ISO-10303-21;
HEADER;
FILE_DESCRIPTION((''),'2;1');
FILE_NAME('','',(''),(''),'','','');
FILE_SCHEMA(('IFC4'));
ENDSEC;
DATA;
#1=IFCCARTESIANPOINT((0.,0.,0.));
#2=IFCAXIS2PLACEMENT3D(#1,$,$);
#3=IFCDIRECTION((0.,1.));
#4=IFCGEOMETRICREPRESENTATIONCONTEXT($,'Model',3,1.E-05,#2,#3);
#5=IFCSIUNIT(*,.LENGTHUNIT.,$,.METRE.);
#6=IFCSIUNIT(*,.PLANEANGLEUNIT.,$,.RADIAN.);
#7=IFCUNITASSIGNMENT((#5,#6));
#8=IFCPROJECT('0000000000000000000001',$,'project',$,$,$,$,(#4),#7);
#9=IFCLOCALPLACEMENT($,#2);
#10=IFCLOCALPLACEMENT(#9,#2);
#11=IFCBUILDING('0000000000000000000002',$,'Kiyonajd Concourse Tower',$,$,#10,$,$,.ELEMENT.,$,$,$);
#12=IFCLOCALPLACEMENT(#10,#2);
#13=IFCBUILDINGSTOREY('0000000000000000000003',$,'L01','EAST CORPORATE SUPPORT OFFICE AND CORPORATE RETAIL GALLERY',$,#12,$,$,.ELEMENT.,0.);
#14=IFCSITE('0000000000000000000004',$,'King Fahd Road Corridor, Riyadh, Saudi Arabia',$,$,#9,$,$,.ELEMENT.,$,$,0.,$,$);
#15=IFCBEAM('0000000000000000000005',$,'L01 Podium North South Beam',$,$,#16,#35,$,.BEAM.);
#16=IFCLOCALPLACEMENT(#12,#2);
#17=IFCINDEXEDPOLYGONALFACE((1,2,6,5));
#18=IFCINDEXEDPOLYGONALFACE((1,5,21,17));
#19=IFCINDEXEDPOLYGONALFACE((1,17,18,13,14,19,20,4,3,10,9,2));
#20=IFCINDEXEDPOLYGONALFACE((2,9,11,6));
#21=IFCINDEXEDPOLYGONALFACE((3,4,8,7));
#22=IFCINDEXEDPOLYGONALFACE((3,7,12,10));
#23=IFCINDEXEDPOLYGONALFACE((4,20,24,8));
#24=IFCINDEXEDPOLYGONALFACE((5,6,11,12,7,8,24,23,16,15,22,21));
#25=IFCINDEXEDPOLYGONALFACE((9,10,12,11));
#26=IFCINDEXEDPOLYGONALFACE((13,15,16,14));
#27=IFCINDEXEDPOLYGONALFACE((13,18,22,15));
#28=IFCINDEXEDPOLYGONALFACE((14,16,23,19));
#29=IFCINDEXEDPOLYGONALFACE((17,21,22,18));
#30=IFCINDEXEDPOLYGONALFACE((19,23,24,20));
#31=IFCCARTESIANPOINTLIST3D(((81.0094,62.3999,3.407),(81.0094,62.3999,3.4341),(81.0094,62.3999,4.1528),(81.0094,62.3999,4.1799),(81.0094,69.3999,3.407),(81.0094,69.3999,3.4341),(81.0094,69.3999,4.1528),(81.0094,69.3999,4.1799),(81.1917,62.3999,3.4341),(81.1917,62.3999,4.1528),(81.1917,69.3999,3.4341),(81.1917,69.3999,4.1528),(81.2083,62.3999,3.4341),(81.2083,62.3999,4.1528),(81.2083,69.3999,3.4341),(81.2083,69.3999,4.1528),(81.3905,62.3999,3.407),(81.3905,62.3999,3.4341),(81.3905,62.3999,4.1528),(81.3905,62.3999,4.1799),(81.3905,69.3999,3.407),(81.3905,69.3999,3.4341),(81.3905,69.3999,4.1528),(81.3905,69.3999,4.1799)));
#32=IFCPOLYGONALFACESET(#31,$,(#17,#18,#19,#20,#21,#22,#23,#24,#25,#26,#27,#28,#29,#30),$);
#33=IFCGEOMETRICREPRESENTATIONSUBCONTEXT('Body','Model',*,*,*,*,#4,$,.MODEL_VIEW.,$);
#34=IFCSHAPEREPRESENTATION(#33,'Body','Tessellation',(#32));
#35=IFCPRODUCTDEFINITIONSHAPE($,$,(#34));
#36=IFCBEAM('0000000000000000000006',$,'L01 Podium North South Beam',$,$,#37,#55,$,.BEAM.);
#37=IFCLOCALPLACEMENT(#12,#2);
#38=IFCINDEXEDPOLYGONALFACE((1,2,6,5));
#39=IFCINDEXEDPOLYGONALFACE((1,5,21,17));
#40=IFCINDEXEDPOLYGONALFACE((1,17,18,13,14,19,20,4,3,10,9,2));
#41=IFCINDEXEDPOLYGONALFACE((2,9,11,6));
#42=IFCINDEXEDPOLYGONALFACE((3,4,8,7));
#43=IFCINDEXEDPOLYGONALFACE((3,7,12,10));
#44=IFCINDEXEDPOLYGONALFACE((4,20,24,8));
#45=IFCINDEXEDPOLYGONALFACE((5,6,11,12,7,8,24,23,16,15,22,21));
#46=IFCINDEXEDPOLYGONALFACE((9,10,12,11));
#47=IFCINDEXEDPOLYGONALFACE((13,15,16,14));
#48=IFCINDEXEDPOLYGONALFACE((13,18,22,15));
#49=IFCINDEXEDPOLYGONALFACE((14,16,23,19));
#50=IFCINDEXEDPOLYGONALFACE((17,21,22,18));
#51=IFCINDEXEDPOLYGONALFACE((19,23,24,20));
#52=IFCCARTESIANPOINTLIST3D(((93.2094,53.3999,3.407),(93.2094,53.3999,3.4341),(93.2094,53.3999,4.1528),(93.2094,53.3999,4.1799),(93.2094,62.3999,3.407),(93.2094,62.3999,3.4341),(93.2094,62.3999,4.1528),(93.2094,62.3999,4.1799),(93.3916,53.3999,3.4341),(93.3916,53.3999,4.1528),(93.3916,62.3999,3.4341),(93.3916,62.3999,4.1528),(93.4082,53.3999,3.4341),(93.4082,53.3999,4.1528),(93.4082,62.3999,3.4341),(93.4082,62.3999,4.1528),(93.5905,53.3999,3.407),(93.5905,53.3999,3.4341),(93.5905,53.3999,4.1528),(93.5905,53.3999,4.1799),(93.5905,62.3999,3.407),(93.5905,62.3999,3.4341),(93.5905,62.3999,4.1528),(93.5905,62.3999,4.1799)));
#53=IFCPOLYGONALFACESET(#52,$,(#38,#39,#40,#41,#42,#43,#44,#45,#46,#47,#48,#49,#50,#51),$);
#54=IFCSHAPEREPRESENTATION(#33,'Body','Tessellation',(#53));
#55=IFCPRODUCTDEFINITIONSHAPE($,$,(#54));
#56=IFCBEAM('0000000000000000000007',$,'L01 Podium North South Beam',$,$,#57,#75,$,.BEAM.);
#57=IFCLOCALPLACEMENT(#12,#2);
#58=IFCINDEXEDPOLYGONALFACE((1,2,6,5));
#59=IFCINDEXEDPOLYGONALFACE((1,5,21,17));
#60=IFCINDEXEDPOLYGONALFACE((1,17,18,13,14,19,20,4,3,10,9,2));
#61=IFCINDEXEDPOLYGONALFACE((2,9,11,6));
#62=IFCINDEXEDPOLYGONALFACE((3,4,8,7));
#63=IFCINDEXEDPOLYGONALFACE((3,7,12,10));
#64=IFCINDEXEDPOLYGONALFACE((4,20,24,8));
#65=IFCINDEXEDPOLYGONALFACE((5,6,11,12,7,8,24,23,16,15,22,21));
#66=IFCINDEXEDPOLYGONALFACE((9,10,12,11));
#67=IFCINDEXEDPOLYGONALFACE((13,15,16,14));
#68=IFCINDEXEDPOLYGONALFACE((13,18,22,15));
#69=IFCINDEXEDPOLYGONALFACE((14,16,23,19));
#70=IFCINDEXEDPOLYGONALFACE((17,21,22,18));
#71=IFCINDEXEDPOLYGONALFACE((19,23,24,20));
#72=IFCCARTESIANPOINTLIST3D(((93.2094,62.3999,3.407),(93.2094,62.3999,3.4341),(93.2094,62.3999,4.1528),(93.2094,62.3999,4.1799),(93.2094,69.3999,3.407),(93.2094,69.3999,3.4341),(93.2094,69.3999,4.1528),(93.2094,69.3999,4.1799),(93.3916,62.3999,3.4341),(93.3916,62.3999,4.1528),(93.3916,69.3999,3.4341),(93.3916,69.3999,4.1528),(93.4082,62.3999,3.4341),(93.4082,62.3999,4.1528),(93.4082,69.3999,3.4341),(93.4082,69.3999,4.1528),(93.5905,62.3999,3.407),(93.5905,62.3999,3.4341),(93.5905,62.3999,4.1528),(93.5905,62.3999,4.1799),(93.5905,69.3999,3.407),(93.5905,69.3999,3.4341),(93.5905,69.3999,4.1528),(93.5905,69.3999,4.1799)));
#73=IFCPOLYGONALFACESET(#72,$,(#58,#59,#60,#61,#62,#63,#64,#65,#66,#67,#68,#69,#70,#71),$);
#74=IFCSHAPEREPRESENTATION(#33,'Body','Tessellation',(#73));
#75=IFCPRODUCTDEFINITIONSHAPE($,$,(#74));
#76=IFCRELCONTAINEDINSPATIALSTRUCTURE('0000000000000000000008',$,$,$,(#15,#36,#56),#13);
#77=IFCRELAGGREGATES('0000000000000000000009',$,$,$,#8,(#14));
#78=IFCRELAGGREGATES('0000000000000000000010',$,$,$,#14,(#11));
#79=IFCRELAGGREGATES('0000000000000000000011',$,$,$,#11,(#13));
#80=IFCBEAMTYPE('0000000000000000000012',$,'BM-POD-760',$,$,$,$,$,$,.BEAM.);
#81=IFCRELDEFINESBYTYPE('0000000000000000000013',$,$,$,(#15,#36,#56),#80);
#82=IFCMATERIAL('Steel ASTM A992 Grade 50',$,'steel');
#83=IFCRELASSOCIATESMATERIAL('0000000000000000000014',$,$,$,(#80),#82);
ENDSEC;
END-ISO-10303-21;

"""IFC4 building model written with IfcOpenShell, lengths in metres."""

from ifc_helpers import new_model, si_unit, direction, frame, origin, origin_2d, place, context, subcontext, project, spatial, i_section, extrude, material, material_profile, profile_set, type_object, element, save


model = new_model("IFC4")

# Units and contexts
model_context = context("Model", 3, precision=1e-05, world=origin(), true_north=direction((0.0, 1.0)))
body_context = subcontext(model_context, "Body", "Model", "MODEL_VIEW")
ifc_project = project(units=[si_unit("LENGTHUNIT", "METRE"), si_unit("PLANEANGLEUNIT", "RADIAN")], contexts=[model_context])

# Site, building, storey
site_placement = place(None, origin())
site = spatial("IfcSite", under=ifc_project, at=site_placement, Name="King Fahd Road Corridor, Riyadh, Saudi Arabia", CompositionType="ELEMENT", RefElevation=0.0)
building_placement = place(site_placement, origin())
building = spatial("IfcBuilding", under=site, at=building_placement, Name="Kiyonajd Concourse Tower", CompositionType="ELEMENT")
storey_placement = place(building_placement, origin())
storey = spatial("IfcBuildingStorey", under=building, at=storey_placement, Name="L01", Description="EAST CORPORATE SUPPORT OFFICE AND CORPORATE RETAIL GALLERY", CompositionType="ELEMENT", Elevation=0.0)

# Beams
ifc_material_1 = material(Name="Steel ASTM A992 Grade 50", Category="steel")
ifc_material_profile_1 = material_profile(ifc_material_1, i_section(OverallWidth=0.3811, OverallDepth=0.7729, WebThickness=0.0166, FlangeThickness=0.0271, at=origin_2d()), Name="W760X257")
ifc_profile_set_1 = profile_set([ifc_material_profile_1], Name="Steel ASTM A992 Grade 50")
beam_type = type_object("IfcBeamType", Name="BM-POD-760", PredefinedType="BEAM", material=ifc_profile_set_1)
beam_1_placement = place(storey_placement, frame((81.2, 62.3999, 3.7935), z_axis=(0.0, 1.0, 0.0), x_axis=(-1.0, 0.0, 0.0)))
element("IfcBeam", 1, at=beam_1_placement, inside=storey, type_object=beam_type, Name="L01 Podium North South Beam", PredefinedType="BEAM", context=body_context, shape_type="SweptSolid", body=[
    extrude(i_section(OverallWidth=0.3811, OverallDepth=0.7729, WebThickness=0.0166, FlangeThickness=0.0271, at=origin_2d()), origin(), (0.0, 0.0, 1.0), 7.0),
])
beam_2_placement = place(storey_placement, frame((93.3999, 53.3999, 3.7935), z_axis=(0.0, 1.0, 0.0), x_axis=(-1.0, 0.0, 0.0)))
element("IfcBeam", 2, at=beam_2_placement, inside=storey, type_object=beam_type, Name="L01 Podium North South Beam", PredefinedType="BEAM", context=body_context, shape_type="SweptSolid", body=[
    extrude(i_section(OverallWidth=0.3811, OverallDepth=0.7729, WebThickness=0.0166, FlangeThickness=0.0271, at=origin_2d()), origin(), (0.0, 0.0, 1.0), 9.0),
])
beam_3_placement = place(storey_placement, frame((93.3999, 62.3999, 3.7935), z_axis=(0.0, 1.0, 0.0), x_axis=(-1.0, 0.0, 0.0)))
element("IfcBeam", 3, at=beam_3_placement, inside=storey, type_object=beam_type, Name="L01 Podium North South Beam", PredefinedType="BEAM", context=body_context, shape_type="SweptSolid", body=[
    extrude(i_section(OverallWidth=0.3811, OverallDepth=0.7729, WebThickness=0.0166, FlangeThickness=0.0271, at=origin_2d()), origin(), (0.0, 0.0, 1.0), 7.0),
])

save(model, "model.ifc")
